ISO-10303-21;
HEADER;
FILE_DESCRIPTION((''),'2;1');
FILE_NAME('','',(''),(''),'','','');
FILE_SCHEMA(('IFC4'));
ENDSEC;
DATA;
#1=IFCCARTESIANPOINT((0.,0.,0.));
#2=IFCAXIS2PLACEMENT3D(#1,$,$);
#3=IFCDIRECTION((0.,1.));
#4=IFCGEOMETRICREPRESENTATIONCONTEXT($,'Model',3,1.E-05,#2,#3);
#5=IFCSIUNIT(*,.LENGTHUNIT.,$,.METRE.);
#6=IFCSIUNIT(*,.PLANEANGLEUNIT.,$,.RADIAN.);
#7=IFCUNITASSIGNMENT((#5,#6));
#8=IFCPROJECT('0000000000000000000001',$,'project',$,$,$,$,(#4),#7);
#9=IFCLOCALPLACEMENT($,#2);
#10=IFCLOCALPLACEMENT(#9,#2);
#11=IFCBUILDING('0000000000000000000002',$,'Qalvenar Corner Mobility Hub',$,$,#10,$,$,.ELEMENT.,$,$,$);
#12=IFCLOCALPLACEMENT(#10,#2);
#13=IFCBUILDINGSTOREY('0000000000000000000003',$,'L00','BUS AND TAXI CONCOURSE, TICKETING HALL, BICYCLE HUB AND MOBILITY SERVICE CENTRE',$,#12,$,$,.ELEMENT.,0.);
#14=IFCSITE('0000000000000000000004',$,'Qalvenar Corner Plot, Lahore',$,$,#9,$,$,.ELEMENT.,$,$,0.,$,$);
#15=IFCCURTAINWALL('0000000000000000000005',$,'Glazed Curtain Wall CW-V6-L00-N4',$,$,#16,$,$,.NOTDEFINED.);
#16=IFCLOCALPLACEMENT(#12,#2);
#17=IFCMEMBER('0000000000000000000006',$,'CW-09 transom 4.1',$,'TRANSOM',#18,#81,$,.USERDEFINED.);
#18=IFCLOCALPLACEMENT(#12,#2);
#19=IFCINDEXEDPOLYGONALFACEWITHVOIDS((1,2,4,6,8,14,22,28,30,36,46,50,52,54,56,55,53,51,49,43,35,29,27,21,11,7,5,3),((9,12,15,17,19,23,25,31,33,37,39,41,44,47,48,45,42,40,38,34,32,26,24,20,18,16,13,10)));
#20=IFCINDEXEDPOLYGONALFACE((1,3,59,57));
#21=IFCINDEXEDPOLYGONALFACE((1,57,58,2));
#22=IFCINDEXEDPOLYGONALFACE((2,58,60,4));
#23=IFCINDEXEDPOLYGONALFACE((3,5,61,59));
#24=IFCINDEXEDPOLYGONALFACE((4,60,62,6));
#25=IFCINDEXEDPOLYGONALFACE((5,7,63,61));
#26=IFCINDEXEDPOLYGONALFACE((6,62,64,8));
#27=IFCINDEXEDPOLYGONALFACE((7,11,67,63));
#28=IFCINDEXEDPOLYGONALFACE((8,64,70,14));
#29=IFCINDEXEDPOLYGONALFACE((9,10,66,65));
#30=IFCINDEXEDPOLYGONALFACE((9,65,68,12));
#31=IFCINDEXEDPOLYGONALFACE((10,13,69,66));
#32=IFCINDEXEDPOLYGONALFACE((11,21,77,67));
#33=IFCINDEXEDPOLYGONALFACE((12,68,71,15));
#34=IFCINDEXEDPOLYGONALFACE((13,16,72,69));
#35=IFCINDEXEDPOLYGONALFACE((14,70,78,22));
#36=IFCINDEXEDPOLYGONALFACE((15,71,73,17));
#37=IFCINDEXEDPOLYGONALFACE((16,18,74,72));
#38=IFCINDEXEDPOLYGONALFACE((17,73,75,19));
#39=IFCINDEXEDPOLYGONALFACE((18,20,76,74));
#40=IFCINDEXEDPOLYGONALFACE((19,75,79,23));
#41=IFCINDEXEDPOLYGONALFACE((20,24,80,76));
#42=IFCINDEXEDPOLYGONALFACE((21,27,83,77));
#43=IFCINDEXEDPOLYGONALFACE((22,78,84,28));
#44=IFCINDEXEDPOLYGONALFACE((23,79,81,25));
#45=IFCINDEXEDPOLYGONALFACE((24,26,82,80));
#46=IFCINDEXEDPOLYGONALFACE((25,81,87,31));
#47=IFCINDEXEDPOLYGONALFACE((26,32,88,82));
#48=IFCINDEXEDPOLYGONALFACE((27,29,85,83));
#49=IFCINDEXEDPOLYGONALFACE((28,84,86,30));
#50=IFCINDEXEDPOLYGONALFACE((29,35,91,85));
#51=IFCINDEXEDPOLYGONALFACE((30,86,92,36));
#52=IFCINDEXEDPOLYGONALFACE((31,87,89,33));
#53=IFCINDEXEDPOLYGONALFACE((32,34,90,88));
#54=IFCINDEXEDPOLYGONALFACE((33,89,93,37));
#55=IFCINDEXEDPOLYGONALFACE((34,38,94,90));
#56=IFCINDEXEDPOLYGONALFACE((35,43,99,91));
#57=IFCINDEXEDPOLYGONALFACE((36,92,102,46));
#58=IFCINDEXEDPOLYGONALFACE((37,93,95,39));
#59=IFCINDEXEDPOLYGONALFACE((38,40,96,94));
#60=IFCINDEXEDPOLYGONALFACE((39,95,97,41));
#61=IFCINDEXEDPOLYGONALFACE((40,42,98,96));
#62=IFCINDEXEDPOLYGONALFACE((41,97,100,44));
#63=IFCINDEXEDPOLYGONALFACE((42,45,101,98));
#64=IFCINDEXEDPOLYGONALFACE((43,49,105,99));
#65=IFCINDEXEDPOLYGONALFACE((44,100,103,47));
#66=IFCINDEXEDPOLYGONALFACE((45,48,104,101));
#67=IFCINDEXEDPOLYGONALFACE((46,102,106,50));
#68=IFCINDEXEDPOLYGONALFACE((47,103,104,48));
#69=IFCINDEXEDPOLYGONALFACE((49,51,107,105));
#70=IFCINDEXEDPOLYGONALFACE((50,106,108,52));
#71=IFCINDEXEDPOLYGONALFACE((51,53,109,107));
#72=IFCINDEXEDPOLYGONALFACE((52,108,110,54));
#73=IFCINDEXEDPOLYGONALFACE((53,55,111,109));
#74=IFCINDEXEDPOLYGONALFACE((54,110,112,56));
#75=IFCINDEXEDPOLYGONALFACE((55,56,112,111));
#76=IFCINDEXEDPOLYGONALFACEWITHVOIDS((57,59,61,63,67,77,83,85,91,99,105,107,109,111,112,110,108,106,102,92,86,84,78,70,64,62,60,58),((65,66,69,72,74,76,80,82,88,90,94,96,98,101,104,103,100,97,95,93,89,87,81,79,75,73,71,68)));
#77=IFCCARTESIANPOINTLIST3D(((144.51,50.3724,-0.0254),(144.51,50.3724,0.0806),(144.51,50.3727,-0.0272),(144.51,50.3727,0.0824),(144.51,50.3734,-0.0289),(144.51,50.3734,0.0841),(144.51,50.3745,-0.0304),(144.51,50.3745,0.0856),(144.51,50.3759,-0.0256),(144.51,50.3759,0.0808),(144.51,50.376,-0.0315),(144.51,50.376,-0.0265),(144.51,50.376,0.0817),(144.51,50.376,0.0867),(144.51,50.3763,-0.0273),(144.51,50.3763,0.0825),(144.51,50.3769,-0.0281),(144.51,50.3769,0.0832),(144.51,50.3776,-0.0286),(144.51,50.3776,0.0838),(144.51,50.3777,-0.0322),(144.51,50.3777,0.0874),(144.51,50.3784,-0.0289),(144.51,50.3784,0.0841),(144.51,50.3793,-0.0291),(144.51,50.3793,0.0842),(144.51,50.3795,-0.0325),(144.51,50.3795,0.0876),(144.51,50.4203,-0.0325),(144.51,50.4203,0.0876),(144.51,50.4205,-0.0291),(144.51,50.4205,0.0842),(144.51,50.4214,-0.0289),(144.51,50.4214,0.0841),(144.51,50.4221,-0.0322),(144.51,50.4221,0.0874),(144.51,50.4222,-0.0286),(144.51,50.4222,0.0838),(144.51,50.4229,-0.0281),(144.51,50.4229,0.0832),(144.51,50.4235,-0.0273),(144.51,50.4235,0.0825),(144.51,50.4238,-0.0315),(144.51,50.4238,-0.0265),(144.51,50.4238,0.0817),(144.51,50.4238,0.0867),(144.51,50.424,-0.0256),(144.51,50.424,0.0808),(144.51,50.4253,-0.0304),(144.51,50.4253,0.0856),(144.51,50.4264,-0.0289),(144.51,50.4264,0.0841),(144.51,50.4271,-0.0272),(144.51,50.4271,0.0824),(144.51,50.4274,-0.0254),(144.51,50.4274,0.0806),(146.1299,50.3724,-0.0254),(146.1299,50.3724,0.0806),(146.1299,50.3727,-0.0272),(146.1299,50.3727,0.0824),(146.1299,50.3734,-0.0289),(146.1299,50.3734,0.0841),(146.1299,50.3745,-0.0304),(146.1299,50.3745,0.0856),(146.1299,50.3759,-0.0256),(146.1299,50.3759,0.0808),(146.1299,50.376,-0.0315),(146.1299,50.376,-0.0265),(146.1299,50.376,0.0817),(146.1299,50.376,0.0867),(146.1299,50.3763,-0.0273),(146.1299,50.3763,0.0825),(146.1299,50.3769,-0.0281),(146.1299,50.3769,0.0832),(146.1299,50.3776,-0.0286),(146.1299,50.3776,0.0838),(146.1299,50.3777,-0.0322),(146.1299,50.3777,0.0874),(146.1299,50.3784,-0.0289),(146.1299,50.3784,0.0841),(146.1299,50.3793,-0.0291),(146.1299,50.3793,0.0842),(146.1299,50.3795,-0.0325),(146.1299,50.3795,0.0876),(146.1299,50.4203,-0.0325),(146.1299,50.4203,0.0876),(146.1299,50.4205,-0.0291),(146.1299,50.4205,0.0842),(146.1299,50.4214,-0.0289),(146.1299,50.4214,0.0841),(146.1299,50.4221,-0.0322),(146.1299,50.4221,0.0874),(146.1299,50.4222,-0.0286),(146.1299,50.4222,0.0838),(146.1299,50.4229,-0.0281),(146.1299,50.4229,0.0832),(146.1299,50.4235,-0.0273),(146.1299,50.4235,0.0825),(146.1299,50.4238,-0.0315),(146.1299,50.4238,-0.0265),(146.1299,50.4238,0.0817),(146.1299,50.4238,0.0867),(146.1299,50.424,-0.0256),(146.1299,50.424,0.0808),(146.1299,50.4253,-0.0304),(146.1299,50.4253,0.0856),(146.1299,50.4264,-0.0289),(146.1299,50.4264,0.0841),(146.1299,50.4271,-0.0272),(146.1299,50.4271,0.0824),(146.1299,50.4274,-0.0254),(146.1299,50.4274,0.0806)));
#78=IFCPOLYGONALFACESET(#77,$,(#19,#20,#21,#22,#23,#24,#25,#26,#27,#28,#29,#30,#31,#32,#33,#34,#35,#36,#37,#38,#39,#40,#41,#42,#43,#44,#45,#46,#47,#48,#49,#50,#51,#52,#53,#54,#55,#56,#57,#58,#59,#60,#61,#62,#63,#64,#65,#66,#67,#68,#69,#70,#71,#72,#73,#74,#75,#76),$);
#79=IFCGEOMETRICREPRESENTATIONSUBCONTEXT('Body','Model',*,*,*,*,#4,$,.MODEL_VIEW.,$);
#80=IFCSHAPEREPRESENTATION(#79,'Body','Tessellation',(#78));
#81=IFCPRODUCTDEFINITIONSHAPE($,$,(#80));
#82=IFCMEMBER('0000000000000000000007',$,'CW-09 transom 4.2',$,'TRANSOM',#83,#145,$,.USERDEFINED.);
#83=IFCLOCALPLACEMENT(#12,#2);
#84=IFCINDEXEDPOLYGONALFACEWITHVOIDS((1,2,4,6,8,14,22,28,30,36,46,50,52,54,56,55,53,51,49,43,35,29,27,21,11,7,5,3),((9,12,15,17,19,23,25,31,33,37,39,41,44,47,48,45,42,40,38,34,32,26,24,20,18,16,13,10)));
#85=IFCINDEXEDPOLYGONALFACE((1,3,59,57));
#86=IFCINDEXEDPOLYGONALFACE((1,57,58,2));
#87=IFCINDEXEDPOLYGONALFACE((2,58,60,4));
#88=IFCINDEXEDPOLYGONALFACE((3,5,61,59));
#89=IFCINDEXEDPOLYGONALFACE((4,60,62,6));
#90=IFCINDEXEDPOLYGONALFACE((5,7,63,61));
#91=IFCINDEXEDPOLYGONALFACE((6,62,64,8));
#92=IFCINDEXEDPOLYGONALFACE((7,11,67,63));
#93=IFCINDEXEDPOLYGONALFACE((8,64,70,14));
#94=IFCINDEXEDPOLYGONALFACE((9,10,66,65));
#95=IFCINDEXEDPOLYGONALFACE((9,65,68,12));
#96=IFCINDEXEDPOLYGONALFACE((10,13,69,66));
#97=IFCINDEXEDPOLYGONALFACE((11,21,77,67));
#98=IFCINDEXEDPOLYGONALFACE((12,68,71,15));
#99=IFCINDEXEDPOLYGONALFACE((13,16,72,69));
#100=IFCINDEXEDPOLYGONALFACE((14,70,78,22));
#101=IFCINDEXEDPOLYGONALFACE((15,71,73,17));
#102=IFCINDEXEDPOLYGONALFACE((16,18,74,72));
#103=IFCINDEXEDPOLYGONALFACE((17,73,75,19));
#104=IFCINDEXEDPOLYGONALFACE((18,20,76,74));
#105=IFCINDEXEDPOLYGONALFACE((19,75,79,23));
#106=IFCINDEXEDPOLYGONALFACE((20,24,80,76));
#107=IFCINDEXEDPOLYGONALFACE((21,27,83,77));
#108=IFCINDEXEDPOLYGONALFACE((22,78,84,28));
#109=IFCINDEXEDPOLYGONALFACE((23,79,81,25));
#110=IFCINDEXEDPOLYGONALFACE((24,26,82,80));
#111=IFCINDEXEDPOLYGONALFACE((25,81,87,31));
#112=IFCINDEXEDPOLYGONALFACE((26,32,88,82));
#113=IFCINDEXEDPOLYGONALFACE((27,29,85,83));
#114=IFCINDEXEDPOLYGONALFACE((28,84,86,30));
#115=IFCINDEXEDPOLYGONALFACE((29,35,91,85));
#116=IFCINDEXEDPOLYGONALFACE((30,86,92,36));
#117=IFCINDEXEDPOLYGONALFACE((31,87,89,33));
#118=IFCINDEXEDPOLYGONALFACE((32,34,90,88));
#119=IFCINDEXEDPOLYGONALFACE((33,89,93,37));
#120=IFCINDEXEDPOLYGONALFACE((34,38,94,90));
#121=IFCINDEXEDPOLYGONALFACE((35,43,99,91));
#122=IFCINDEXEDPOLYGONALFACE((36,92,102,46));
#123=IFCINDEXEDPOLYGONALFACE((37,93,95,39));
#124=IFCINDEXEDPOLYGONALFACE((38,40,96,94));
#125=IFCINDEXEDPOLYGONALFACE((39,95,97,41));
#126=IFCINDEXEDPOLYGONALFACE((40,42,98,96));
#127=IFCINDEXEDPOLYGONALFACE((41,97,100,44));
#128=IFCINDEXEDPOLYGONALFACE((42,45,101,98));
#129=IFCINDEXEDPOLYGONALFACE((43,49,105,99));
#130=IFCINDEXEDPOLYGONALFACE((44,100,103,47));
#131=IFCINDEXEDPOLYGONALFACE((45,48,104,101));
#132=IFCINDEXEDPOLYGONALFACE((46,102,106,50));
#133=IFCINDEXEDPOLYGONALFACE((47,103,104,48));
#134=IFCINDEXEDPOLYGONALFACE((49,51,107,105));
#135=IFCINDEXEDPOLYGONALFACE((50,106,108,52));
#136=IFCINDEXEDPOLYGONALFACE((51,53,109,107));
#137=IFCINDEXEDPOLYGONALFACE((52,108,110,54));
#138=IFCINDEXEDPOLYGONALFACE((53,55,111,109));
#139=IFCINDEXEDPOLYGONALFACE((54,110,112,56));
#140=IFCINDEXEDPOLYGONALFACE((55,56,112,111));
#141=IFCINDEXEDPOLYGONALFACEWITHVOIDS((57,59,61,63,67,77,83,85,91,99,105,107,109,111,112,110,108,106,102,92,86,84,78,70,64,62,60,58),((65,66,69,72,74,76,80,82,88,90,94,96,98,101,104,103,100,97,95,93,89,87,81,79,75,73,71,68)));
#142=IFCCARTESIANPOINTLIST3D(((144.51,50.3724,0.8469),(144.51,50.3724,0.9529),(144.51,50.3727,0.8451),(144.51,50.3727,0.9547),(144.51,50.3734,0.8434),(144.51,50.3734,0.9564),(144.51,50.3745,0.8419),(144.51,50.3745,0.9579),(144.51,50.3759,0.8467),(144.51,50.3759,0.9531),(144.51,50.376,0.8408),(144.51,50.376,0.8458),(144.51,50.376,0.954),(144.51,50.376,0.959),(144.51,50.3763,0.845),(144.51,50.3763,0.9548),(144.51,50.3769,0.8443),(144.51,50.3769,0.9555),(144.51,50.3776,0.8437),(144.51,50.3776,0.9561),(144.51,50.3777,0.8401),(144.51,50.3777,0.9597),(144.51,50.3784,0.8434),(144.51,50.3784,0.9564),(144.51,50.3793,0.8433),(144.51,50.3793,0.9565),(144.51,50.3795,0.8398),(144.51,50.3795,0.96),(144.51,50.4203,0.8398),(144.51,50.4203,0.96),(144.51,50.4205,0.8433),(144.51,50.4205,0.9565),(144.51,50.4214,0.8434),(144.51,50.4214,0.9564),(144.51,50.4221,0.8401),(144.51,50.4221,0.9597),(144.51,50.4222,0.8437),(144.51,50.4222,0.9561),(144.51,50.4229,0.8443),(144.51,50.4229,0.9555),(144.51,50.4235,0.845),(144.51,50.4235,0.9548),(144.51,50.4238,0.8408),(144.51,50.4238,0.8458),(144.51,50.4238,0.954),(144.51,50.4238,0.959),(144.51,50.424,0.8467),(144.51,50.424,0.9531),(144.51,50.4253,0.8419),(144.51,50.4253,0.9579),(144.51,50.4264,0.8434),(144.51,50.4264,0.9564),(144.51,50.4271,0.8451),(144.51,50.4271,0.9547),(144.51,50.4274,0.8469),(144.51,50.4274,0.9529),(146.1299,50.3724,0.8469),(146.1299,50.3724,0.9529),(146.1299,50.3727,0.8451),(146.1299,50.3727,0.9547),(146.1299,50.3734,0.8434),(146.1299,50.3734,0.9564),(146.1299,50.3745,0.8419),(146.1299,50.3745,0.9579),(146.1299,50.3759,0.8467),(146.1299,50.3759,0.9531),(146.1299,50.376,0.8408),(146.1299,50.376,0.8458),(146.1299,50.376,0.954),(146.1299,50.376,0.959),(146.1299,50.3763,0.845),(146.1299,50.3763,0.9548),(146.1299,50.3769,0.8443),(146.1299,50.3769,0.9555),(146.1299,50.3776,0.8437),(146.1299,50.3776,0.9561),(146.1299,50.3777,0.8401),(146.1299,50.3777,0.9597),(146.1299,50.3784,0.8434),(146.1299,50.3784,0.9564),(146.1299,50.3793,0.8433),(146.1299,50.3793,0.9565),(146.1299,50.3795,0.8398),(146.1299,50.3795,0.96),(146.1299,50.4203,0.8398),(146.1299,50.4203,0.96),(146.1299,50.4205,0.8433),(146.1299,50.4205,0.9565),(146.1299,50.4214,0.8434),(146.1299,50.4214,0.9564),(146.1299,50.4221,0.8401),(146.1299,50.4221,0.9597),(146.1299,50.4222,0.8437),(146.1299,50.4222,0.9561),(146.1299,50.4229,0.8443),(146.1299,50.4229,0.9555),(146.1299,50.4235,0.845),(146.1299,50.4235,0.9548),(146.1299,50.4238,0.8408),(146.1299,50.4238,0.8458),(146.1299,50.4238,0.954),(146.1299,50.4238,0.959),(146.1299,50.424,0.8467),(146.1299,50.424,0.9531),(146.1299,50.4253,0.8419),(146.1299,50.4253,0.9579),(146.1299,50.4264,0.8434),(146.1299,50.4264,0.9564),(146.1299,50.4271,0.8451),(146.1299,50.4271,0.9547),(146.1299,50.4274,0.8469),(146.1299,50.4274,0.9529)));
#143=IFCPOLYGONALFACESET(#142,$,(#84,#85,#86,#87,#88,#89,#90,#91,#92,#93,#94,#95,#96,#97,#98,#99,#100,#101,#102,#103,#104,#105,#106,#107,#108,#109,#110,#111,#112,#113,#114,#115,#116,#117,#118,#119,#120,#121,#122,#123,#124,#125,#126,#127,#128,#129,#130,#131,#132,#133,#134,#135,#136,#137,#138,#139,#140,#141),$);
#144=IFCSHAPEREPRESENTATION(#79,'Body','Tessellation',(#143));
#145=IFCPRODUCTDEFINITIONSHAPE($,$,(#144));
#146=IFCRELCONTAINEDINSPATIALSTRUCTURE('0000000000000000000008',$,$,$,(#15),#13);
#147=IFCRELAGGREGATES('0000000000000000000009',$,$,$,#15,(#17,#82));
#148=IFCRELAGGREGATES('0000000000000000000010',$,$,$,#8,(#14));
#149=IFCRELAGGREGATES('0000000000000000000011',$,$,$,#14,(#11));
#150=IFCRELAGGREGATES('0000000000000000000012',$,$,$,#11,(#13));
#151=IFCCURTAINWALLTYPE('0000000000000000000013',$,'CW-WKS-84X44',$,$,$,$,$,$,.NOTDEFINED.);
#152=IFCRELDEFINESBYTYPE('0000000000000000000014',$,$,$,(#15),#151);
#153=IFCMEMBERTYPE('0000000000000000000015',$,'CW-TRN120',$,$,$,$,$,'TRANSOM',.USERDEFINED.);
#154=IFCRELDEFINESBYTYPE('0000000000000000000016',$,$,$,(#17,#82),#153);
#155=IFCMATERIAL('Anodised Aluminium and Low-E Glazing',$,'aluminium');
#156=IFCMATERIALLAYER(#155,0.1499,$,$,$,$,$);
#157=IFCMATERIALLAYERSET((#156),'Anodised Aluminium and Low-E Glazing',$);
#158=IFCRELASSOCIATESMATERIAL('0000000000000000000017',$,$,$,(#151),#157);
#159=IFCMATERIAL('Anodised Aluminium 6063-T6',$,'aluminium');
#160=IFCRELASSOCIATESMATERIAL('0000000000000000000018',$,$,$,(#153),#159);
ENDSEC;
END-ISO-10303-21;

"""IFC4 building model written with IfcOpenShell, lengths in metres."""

from ifc_helpers import new_model, si_unit, direction, frame, origin, origin_2d, place, context, subcontext, project, spatial, hollow_rectangle, extrude, material, layer, layer_set, material_profile, profile_set, type_object, element, aggregate, save


model = new_model("IFC4")

# Units and contexts
model_context = context("Model", 3, precision=1e-05, world=origin(), true_north=direction((0.0, 1.0)))
body_context = subcontext(model_context, "Body", "Model", "MODEL_VIEW")
ifc_project = project(units=[si_unit("LENGTHUNIT", "METRE"), si_unit("PLANEANGLEUNIT", "RADIAN")], contexts=[model_context])

# Site, building, storey
site_placement = place(None, origin())
site = spatial("IfcSite", under=ifc_project, at=site_placement, Name="Qalvenar Corner Plot, Lahore", CompositionType="ELEMENT", RefElevation=0.0)
building_placement = place(site_placement, origin())
building = spatial("IfcBuilding", under=site, at=building_placement, Name="Qalvenar Corner Mobility Hub", CompositionType="ELEMENT")
storey_placement = place(building_placement, origin())
storey = spatial("IfcBuildingStorey", under=building, at=storey_placement, Name="L00", Description="BUS AND TAXI CONCOURSE, TICKETING HALL, BICYCLE HUB AND MOBILITY SERVICE CENTRE", CompositionType="ELEMENT", Elevation=0.0)

# Shared definitions
ifc_material_1 = material(Name="Anodised Aluminium and Low-E Glazing", Category="aluminium")
ifc_layer_1 = layer(ifc_material_1, 0.1499)
ifc_layer_set_1 = layer_set([ifc_layer_1], Name="Anodised Aluminium and Low-E Glazing")
curtain_wall_type = type_object("IfcCurtainWallType", Name="CW-WKS-84X44", PredefinedType="NOTDEFINED", material=ifc_layer_set_1)
ifc_material_2 = material(Name="Anodised Aluminium 6063-T6", Category="aluminium")

# Curtain wall
curtain_wall_1_placement = place(storey_placement, origin())
curtain_wall_1 = element("IfcCurtainWall", 1, at=curtain_wall_1_placement, inside=storey, type_object=curtain_wall_type, Name="Glazed Curtain Wall CW-V6-L00-N4", PredefinedType="NOTDEFINED")

# Members
ifc_material_profile_1 = material_profile(ifc_material_2, hollow_rectangle(XDim=0.0549, YDim=0.1201, WallThickness=0.0034, InnerFilletRadius=0.0034, OuterFilletRadius=0.0071, at=origin_2d()), Name="RHS120x55x3.5")
ifc_profile_set_1 = profile_set([ifc_material_profile_1], Name="Anodised Aluminium 6063-T6")
member_type_1 = type_object("IfcMemberType", Name="CW-TRN120", ElementType="TRANSOM", PredefinedType="USERDEFINED", material=ifc_profile_set_1)
member_1_placement = place(storey_placement, frame((146.1299, 50.3999, 0.0276), z_axis=(-1.0, 0.0, 0.0), x_axis=(0.0, -1.0, 0.0)))
member_1 = element("IfcMember", 2, at=member_1_placement, type_object=member_type_1, Name="CW-09 transom 4.1", ObjectType="TRANSOM", PredefinedType="USERDEFINED", context=body_context, shape_type="SweptSolid", body=[
    extrude(hollow_rectangle(XDim=0.0549, YDim=0.1201, WallThickness=0.0034, InnerFilletRadius=0.0034, OuterFilletRadius=0.0071, at=origin_2d()), origin(), (0.0, 0.0, 1.0), 1.6199),
])
member_2_placement = place(storey_placement, frame((146.1299, 50.3999, 0.8999), z_axis=(-1.0, 0.0, 0.0), x_axis=(0.0, -1.0, 0.0)))
member_2 = element("IfcMember", 3, at=member_2_placement, type_object=member_type_1, Name="CW-09 transom 4.2", ObjectType="TRANSOM", PredefinedType="USERDEFINED", context=body_context, shape_type="SweptSolid", body=[
    extrude(hollow_rectangle(XDim=0.0549, YDim=0.1201, WallThickness=0.0034, InnerFilletRadius=0.0034, OuterFilletRadius=0.0071, at=origin_2d()), origin(), (0.0, 0.0, 1.0), 1.6199),
])

aggregate(curtain_wall_1, [member_1, member_2])

save(model, "model.ifc")
